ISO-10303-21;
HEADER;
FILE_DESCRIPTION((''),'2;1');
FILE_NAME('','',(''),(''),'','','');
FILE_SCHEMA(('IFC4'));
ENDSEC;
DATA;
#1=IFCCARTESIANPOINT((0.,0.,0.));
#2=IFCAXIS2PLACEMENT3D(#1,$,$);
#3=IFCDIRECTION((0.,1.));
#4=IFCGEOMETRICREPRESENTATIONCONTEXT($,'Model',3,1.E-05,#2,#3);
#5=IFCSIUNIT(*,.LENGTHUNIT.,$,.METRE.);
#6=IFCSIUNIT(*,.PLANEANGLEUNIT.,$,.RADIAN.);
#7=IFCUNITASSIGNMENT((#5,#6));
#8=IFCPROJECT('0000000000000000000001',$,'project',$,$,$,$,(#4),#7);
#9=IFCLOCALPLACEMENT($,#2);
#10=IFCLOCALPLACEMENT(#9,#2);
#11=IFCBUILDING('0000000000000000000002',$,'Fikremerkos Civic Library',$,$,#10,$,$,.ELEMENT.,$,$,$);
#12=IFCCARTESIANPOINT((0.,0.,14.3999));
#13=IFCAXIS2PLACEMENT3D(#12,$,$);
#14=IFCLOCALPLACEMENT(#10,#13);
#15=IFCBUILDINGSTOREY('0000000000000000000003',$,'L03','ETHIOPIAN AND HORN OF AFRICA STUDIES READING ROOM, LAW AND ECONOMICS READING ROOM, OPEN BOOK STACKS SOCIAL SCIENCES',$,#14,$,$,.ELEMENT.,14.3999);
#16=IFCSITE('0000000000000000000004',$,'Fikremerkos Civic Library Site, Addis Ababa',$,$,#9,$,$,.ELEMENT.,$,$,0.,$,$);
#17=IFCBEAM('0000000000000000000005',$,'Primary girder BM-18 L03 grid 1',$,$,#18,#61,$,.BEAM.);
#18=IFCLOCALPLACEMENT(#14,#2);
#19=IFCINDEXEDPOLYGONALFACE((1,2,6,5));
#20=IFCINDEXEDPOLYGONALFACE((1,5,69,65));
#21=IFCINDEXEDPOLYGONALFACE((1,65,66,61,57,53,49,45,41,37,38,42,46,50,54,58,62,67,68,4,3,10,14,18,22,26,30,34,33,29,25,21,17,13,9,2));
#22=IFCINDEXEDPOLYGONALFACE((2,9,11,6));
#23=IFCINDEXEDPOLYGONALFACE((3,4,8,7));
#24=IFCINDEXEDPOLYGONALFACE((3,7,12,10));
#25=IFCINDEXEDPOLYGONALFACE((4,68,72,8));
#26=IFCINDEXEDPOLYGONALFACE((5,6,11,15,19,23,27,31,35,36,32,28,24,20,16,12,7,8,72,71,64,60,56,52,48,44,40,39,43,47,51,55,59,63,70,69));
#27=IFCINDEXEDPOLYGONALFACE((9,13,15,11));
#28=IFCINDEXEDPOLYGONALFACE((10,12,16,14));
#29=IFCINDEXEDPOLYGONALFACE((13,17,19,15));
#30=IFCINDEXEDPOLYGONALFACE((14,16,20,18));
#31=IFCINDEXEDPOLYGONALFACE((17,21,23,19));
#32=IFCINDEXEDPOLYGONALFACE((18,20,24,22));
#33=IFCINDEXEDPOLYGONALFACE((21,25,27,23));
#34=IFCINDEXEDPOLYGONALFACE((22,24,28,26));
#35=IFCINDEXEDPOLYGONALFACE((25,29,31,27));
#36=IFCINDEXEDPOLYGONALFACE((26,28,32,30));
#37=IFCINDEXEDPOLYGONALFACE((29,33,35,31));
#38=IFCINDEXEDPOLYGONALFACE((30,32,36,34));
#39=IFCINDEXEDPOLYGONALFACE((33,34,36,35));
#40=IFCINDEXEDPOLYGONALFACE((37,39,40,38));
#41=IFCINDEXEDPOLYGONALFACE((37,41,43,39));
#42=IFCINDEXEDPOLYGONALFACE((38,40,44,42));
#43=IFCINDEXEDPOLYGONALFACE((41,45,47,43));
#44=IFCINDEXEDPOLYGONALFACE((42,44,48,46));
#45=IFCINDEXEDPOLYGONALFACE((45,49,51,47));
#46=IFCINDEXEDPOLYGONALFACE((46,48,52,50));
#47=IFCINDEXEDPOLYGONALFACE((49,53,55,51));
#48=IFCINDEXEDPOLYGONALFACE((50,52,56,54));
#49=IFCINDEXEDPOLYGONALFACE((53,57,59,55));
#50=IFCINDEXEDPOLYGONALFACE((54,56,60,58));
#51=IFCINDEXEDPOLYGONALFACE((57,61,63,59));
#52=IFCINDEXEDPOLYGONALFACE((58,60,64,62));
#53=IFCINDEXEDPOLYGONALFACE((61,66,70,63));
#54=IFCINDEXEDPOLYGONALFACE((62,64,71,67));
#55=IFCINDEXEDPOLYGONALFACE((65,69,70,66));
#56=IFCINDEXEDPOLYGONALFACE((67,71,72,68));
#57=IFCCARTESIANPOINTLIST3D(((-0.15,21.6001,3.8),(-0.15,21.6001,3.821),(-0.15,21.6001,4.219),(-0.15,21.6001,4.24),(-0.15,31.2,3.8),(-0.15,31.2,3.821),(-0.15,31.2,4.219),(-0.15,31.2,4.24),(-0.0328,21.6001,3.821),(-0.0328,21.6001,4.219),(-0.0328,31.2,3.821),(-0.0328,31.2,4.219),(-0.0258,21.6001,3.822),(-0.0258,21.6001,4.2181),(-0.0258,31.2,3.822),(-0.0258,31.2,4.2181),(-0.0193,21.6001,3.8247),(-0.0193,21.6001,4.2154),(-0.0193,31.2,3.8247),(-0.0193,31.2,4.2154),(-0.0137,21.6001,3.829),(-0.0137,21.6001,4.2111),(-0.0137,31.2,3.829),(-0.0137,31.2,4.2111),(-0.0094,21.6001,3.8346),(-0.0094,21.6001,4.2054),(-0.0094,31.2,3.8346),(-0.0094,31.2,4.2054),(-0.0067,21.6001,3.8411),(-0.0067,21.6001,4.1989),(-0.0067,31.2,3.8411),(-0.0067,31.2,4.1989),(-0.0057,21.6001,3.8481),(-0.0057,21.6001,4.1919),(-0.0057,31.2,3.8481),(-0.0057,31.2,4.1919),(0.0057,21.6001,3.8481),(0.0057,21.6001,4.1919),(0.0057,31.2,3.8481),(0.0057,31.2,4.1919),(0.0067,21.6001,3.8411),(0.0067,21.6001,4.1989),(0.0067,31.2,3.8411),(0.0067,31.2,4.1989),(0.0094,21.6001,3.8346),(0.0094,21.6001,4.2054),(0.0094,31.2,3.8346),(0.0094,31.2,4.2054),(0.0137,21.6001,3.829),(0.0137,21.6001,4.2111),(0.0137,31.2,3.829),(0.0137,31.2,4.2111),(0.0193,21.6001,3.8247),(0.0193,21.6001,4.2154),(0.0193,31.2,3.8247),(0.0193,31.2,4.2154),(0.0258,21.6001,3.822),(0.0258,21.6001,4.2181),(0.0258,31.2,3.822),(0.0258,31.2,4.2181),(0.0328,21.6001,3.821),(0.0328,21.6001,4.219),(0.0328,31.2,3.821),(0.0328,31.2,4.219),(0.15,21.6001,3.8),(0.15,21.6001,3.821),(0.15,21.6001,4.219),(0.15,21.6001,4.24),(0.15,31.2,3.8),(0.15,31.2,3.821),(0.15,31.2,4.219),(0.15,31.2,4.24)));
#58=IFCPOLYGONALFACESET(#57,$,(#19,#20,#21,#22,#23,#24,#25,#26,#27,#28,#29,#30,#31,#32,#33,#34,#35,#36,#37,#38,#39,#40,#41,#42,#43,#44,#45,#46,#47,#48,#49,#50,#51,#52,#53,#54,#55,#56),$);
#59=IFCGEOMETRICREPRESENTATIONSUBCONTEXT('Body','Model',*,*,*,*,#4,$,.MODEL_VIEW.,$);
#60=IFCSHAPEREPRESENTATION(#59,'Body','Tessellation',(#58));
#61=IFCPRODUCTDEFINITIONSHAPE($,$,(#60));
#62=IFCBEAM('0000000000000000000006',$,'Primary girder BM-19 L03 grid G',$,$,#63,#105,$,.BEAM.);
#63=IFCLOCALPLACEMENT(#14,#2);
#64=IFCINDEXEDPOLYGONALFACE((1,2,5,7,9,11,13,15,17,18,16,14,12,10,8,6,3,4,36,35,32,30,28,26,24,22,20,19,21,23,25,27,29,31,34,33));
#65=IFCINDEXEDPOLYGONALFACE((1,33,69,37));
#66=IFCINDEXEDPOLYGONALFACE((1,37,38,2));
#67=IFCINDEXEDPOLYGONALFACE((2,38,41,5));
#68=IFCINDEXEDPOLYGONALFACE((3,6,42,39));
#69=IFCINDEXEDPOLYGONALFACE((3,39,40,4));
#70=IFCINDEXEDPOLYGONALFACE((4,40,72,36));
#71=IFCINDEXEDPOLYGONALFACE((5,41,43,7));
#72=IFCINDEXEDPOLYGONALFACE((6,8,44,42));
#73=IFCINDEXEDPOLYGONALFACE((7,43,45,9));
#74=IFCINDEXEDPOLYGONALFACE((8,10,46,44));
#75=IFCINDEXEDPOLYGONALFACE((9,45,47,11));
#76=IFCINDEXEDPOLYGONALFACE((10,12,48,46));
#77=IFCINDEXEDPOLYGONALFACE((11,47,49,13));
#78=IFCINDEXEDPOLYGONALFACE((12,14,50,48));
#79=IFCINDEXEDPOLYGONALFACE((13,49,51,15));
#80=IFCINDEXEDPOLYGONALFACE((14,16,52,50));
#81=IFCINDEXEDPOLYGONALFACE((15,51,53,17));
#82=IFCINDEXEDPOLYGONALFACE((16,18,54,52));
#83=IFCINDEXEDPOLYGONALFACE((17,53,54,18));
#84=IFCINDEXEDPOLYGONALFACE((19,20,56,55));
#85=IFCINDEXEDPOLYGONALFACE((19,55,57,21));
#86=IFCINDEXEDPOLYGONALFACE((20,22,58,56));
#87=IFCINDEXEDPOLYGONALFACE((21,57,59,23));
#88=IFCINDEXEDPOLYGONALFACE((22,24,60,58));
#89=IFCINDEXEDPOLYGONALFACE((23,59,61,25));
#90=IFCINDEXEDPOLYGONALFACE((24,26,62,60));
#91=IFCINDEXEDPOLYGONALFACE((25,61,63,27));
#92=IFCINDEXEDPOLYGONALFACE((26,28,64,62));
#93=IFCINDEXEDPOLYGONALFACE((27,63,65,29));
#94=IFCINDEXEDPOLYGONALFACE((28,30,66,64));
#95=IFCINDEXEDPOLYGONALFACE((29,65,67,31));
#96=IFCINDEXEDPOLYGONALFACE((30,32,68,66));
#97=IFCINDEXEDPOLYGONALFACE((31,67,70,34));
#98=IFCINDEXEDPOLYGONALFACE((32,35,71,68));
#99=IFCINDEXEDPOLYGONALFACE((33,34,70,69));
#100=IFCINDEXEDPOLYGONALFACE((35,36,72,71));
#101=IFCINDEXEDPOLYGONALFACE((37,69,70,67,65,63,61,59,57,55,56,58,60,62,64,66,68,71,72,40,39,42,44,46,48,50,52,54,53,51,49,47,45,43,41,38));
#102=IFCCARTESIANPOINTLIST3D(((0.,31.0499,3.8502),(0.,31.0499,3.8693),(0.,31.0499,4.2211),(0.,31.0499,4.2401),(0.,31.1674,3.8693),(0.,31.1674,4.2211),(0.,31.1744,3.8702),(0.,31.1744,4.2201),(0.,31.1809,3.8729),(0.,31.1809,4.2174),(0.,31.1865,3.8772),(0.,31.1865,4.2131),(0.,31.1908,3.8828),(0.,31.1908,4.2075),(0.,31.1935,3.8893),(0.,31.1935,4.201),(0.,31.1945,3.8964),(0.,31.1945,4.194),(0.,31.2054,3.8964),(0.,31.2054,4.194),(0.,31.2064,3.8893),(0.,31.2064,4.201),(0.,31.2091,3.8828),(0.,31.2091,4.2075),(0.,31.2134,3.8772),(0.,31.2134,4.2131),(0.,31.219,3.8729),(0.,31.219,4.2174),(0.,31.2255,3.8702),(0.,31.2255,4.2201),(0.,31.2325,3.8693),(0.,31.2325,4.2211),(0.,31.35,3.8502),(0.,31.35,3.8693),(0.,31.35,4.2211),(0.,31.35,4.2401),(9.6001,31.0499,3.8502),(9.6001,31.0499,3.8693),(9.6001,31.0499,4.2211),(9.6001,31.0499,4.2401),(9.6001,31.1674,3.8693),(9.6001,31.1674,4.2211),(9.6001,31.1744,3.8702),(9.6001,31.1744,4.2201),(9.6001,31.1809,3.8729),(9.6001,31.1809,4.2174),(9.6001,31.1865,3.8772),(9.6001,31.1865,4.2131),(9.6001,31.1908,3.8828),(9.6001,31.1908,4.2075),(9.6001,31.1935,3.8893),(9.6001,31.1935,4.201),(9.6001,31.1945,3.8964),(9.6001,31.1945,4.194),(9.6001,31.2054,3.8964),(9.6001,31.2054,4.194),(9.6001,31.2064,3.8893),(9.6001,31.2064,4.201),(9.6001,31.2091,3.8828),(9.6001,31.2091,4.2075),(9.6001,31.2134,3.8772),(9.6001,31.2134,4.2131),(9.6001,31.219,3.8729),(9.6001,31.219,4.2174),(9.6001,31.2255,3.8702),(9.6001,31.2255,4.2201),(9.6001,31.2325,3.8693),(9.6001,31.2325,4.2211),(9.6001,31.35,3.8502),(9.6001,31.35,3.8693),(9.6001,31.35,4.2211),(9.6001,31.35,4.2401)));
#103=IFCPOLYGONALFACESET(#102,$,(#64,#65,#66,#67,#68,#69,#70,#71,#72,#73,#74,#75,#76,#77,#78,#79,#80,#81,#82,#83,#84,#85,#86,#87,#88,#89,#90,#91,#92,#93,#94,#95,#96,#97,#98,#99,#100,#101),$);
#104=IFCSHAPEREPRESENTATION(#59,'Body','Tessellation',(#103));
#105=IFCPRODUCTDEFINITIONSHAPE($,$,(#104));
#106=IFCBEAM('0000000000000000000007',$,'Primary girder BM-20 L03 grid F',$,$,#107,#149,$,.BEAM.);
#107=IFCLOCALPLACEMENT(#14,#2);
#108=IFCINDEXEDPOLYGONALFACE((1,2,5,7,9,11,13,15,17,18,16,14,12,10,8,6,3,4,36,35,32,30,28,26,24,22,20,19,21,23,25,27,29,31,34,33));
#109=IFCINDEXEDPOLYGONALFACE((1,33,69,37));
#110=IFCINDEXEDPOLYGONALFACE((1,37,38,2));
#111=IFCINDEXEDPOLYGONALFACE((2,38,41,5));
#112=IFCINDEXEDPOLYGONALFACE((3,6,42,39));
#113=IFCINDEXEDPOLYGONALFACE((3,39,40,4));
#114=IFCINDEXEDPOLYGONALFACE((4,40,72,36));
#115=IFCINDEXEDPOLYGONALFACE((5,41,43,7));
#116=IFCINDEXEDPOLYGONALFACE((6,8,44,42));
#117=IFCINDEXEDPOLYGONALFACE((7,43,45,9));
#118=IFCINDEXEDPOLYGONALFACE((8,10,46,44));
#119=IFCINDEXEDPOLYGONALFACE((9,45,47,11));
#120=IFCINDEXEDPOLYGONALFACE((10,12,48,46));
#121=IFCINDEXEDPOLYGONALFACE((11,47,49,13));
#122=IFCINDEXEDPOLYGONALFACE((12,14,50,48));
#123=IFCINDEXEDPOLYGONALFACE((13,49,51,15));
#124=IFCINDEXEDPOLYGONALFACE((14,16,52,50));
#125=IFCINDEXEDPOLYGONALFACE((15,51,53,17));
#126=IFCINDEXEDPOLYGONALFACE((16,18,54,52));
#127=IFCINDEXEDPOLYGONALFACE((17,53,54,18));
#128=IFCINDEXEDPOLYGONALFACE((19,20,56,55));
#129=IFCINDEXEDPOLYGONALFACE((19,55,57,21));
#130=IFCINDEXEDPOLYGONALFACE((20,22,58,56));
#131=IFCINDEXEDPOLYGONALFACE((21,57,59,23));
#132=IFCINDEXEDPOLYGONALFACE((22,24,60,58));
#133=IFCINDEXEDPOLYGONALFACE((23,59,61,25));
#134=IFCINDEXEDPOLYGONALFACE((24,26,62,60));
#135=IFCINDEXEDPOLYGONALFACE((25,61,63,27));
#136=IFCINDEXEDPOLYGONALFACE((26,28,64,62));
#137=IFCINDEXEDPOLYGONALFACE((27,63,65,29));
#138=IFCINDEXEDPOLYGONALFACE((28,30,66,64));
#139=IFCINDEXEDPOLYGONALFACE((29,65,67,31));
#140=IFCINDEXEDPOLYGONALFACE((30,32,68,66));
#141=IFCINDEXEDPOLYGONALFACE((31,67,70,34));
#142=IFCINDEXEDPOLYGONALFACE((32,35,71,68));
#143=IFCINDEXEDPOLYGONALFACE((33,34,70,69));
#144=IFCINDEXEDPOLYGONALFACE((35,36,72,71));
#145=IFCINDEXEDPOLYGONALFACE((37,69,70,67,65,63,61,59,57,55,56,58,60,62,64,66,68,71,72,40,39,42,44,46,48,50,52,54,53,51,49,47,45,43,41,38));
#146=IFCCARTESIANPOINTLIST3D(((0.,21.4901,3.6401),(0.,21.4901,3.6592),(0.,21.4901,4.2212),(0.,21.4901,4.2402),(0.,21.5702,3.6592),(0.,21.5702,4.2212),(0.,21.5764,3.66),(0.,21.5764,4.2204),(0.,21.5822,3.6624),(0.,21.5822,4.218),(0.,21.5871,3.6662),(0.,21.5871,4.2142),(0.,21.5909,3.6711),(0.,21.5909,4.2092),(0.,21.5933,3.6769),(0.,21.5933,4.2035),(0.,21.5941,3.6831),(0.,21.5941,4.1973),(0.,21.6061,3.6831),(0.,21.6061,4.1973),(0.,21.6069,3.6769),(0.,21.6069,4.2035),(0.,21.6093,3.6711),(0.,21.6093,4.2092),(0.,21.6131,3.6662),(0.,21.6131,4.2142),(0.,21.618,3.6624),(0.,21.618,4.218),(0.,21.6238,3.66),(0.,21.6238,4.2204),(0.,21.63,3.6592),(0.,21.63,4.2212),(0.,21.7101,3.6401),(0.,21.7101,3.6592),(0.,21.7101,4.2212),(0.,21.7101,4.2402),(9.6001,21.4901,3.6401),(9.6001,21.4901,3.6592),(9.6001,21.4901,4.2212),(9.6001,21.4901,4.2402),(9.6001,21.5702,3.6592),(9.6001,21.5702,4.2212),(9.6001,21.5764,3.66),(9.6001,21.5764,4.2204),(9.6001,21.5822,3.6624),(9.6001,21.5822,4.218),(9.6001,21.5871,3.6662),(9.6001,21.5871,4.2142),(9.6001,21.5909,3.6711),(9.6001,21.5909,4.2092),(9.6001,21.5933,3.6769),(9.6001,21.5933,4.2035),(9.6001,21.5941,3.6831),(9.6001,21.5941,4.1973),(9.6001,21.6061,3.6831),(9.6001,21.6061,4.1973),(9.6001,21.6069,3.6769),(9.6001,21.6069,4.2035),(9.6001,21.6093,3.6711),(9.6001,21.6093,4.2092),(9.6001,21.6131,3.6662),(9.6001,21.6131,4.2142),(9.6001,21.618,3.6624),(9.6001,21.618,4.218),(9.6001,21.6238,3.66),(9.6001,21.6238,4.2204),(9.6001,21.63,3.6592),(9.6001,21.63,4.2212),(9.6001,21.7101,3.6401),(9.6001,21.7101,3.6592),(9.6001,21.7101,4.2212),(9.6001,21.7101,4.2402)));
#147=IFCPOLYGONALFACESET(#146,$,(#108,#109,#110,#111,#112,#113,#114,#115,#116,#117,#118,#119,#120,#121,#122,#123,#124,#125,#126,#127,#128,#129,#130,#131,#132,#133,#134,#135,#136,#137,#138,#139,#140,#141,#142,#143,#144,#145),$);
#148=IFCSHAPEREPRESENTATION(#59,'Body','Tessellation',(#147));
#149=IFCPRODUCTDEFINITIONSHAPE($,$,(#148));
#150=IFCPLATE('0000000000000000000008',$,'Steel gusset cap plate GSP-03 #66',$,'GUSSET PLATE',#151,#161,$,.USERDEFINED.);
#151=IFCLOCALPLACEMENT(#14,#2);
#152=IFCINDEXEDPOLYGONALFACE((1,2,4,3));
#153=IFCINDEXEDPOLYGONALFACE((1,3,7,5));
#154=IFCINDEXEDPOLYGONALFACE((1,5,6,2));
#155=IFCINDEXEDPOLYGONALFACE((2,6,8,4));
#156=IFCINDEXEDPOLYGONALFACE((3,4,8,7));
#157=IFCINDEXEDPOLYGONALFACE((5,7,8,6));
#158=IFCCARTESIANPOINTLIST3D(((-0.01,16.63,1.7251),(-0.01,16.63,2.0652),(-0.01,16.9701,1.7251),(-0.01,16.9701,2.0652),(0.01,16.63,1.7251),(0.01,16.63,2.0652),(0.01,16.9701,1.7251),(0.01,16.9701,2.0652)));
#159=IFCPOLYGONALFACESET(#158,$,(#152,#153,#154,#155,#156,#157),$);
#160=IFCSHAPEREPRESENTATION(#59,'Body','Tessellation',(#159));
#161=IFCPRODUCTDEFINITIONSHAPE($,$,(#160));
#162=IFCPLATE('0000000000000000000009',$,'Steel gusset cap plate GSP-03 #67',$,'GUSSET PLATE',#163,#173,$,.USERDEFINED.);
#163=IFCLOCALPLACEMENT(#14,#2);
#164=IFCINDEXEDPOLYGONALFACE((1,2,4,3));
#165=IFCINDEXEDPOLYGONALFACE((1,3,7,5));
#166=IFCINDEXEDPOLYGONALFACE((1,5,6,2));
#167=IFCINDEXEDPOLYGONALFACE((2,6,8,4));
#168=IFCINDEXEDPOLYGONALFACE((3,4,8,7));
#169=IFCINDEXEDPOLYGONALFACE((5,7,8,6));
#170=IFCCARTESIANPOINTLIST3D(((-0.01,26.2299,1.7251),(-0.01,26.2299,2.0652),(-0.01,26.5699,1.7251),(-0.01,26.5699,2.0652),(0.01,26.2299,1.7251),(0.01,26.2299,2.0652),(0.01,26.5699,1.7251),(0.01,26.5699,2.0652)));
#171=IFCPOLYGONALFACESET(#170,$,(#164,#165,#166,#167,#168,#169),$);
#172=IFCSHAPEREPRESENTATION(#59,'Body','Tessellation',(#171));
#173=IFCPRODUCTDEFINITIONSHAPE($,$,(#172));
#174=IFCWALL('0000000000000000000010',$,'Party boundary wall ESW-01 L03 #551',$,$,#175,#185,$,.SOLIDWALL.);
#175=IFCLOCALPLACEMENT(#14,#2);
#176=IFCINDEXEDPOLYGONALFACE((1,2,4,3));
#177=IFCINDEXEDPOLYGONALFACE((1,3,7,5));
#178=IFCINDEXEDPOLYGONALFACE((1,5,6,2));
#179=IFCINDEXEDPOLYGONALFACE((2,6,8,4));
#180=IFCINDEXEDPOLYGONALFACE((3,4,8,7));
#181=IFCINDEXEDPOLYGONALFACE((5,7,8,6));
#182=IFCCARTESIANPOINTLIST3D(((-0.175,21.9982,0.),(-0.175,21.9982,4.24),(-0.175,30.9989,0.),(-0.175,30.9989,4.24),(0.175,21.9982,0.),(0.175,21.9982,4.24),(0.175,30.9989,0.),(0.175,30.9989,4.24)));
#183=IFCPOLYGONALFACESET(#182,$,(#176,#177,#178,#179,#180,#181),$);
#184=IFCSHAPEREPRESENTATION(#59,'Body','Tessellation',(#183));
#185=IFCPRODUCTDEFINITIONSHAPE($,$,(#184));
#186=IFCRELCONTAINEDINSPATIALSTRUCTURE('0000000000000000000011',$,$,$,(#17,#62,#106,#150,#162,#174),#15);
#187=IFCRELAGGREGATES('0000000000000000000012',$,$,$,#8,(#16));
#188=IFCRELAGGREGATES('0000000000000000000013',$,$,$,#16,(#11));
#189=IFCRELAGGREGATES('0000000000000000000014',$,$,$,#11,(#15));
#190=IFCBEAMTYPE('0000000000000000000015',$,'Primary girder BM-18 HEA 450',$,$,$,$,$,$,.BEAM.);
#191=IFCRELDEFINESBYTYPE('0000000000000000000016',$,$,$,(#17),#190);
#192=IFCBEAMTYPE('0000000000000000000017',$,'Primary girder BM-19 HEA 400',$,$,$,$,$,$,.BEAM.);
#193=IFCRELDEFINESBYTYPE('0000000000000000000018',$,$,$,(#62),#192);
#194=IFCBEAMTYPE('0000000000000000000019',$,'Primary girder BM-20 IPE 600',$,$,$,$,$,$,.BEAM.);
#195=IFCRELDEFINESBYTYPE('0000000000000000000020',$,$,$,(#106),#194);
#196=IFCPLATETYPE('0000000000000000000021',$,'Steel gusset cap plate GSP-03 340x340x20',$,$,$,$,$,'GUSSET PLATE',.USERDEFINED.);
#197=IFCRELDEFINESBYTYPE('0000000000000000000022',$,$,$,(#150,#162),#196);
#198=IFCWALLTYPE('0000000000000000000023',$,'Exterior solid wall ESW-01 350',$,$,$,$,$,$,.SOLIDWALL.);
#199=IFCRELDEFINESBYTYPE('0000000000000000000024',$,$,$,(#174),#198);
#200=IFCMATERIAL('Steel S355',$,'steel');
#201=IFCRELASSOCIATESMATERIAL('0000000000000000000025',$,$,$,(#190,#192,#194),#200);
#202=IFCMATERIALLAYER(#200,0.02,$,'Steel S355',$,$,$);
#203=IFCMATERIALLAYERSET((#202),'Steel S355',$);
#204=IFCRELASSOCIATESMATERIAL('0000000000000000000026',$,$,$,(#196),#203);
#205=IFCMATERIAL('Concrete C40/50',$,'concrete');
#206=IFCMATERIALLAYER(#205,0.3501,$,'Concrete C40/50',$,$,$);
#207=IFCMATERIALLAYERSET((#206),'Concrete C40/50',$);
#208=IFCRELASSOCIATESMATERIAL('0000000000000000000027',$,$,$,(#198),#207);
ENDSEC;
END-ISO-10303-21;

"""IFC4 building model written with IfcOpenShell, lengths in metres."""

from ifc_helpers import new_model, si_unit, direction, frame, frame_2d, origin, origin_2d, place, context, subcontext, project, spatial, rectangle, i_section, extrude, material, layer, layer_set, material_profile, profile_set, type_object, element, save


model = new_model("IFC4")

# Units and contexts
model_context = context("Model", 3, precision=1e-05, world=origin(), true_north=direction((0.0, 1.0)))
body_context = subcontext(model_context, "Body", "Model", "MODEL_VIEW")
ifc_project = project(units=[si_unit("LENGTHUNIT", "METRE"), si_unit("PLANEANGLEUNIT", "RADIAN")], contexts=[model_context])

# Site, building, storey
site_placement = place(None, origin())
site = spatial("IfcSite", under=ifc_project, at=site_placement, Name="Fikremerkos Civic Library Site, Addis Ababa", CompositionType="ELEMENT", RefElevation=0.0)
building_placement = place(site_placement, origin())
building = spatial("IfcBuilding", under=site, at=building_placement, Name="Fikremerkos Civic Library", CompositionType="ELEMENT")
storey_placement = place(building_placement, frame((0.0, 0.0, 14.3999)))
storey = spatial("IfcBuildingStorey", under=building, at=storey_placement, Name="L03", Description="ETHIOPIAN AND HORN OF AFRICA STUDIES READING ROOM, LAW AND ECONOMICS READING ROOM, OPEN BOOK STACKS SOCIAL SCIENCES", CompositionType="ELEMENT", Elevation=14.3999)

# Shared definitions
ifc_material_1 = material(Name="Concrete C40/50", Category="concrete")
ifc_material_2 = material(Name="Steel S355", Category="steel")

# Beams
ifc_material_profile_1 = material_profile(ifc_material_2, i_section(OverallWidth=0.3, OverallDepth=0.4399, WebThickness=0.0115, FlangeThickness=0.021, FilletRadius=0.0271, at=origin_2d()), Name="HEA 450")
ifc_profile_set_1 = profile_set([ifc_material_profile_1], Name="Steel S355")
beam_type_1 = type_object("IfcBeamType", Name="Primary girder BM-18 HEA 450", PredefinedType="BEAM", material=ifc_profile_set_1)
beam_1_placement = place(storey_placement, frame((0.0, 21.6001, 4.02), z_axis=(0.0, 1.0, 0.0), x_axis=(-1.0, 0.0, 0.0)))
element("IfcBeam", 1, at=beam_1_placement, inside=storey, type_object=beam_type_1, Name="Primary girder BM-18 L03 grid 1", PredefinedType="BEAM", context=body_context, shape_type="SweptSolid", body=[
    extrude(i_section(OverallWidth=0.3, OverallDepth=0.4399, WebThickness=0.0115, FlangeThickness=0.021, FilletRadius=0.0271, at=origin_2d()), origin(), (0.0, 0.0, 1.0), 9.5999),
])
ifc_material_profile_2 = material_profile(ifc_material_2, i_section(OverallWidth=0.3, OverallDepth=0.3899, WebThickness=0.011, FlangeThickness=0.019, FilletRadius=0.0271, at=origin_2d()), Name="HEA 400")
ifc_profile_set_2 = profile_set([ifc_material_profile_2], Name="Steel S355")
beam_type_2 = type_object("IfcBeamType", Name="Primary girder BM-19 HEA 400", PredefinedType="BEAM", material=ifc_profile_set_2)
beam_2_placement = place(storey_placement, frame((0.0, 31.2, 4.0452), z_axis=(1.0, 0.0, 0.0), x_axis=(0.0, 1.0, 0.0)))
element("IfcBeam", 2, at=beam_2_placement, inside=storey, type_object=beam_type_2, Name="Primary girder BM-19 L03 grid G", PredefinedType="BEAM", context=body_context, shape_type="SweptSolid", body=[
    extrude(i_section(OverallWidth=0.3, OverallDepth=0.3899, WebThickness=0.011, FlangeThickness=0.019, FilletRadius=0.0271, at=origin_2d()), origin(), (0.0, 0.0, 1.0), 9.6001),
])
ifc_material_profile_3 = material_profile(ifc_material_2, i_section(OverallWidth=0.22, OverallDepth=0.6001, WebThickness=0.012, FlangeThickness=0.019, FilletRadius=0.0239, at=origin_2d()), Name="IPE 600")
ifc_profile_set_3 = profile_set([ifc_material_profile_3], Name="Steel S355")
beam_type_3 = type_object("IfcBeamType", Name="Primary girder BM-20 IPE 600", PredefinedType="BEAM", material=ifc_profile_set_3)
beam_3_placement = place(storey_placement, frame((0.0, 21.6001, 3.9402), z_axis=(1.0, 0.0, 0.0), x_axis=(0.0, 1.0, 0.0)))
element("IfcBeam", 3, at=beam_3_placement, inside=storey, type_object=beam_type_3, Name="Primary girder BM-20 L03 grid F", PredefinedType="BEAM", context=body_context, shape_type="SweptSolid", body=[
    extrude(i_section(OverallWidth=0.22, OverallDepth=0.6001, WebThickness=0.012, FlangeThickness=0.019, FilletRadius=0.0239, at=origin_2d()), origin(), (0.0, 0.0, 1.0), 9.6001),
])

# Plates
ifc_layer_1 = layer(ifc_material_2, 0.02, Name="Steel S355")
ifc_layer_set_1 = layer_set([ifc_layer_1], Name="Steel S355")
plate_type = type_object("IfcPlateType", Name="Steel gusset cap plate GSP-03 340x340x20", ElementType="GUSSET PLATE", PredefinedType="USERDEFINED", material=ifc_layer_set_1)
for number, where, z_axis, x_axis, name in (
    (4, (0.0, 16.8, 1.7251), (0.0, 0.0, 1.0), (1.0, 0.0, 0.0), "Steel gusset cap plate GSP-03 #66"),
    (5, (0.0, 26.3999, 1.7251), (0.0, 0.0, 1.0), (1.0, 0.0, 0.0), "Steel gusset cap plate GSP-03 #67"),
):
    element("IfcPlate", number, at=place(storey_placement, frame(where, z_axis=z_axis, x_axis=x_axis)), inside=storey, type_object=plate_type, Name=name, ObjectType="GUSSET PLATE", PredefinedType="USERDEFINED", context=body_context, shape_type="SweptSolid", body=[
        extrude(rectangle(XDim=0.02, YDim=0.3401, at=origin_2d()), origin(), (0.0, 0.0, 1.0), 0.3401),
    ])

# Wall
ifc_layer_2 = layer(ifc_material_1, 0.3501, Name="Concrete C40/50")
ifc_layer_set_2 = layer_set([ifc_layer_2], Name="Concrete C40/50")
wall_type_1 = type_object("IfcWallType", Name="Exterior solid wall ESW-01 350", PredefinedType="SOLIDWALL", material=ifc_layer_set_2)
wall_1_placement = place(storey_placement, frame((0.0, 21.998, 0.0), z_axis=(0.0, 0.0, 1.0), x_axis=(0.0, 1.0, 0.0)))
element("IfcWall", 6, at=wall_1_placement, inside=storey, type_object=wall_type_1, Name="Party boundary wall ESW-01 L03 #551", PredefinedType="SOLIDWALL", context=body_context, shape_type="SweptSolid", body=[
    extrude(rectangle(XDim=9.0007, YDim=0.3501, at=frame_2d((4.5005, 0.0))), origin(), (0.0, 0.0, 1.0), 4.24),
])

save(model, "model.ifc")
